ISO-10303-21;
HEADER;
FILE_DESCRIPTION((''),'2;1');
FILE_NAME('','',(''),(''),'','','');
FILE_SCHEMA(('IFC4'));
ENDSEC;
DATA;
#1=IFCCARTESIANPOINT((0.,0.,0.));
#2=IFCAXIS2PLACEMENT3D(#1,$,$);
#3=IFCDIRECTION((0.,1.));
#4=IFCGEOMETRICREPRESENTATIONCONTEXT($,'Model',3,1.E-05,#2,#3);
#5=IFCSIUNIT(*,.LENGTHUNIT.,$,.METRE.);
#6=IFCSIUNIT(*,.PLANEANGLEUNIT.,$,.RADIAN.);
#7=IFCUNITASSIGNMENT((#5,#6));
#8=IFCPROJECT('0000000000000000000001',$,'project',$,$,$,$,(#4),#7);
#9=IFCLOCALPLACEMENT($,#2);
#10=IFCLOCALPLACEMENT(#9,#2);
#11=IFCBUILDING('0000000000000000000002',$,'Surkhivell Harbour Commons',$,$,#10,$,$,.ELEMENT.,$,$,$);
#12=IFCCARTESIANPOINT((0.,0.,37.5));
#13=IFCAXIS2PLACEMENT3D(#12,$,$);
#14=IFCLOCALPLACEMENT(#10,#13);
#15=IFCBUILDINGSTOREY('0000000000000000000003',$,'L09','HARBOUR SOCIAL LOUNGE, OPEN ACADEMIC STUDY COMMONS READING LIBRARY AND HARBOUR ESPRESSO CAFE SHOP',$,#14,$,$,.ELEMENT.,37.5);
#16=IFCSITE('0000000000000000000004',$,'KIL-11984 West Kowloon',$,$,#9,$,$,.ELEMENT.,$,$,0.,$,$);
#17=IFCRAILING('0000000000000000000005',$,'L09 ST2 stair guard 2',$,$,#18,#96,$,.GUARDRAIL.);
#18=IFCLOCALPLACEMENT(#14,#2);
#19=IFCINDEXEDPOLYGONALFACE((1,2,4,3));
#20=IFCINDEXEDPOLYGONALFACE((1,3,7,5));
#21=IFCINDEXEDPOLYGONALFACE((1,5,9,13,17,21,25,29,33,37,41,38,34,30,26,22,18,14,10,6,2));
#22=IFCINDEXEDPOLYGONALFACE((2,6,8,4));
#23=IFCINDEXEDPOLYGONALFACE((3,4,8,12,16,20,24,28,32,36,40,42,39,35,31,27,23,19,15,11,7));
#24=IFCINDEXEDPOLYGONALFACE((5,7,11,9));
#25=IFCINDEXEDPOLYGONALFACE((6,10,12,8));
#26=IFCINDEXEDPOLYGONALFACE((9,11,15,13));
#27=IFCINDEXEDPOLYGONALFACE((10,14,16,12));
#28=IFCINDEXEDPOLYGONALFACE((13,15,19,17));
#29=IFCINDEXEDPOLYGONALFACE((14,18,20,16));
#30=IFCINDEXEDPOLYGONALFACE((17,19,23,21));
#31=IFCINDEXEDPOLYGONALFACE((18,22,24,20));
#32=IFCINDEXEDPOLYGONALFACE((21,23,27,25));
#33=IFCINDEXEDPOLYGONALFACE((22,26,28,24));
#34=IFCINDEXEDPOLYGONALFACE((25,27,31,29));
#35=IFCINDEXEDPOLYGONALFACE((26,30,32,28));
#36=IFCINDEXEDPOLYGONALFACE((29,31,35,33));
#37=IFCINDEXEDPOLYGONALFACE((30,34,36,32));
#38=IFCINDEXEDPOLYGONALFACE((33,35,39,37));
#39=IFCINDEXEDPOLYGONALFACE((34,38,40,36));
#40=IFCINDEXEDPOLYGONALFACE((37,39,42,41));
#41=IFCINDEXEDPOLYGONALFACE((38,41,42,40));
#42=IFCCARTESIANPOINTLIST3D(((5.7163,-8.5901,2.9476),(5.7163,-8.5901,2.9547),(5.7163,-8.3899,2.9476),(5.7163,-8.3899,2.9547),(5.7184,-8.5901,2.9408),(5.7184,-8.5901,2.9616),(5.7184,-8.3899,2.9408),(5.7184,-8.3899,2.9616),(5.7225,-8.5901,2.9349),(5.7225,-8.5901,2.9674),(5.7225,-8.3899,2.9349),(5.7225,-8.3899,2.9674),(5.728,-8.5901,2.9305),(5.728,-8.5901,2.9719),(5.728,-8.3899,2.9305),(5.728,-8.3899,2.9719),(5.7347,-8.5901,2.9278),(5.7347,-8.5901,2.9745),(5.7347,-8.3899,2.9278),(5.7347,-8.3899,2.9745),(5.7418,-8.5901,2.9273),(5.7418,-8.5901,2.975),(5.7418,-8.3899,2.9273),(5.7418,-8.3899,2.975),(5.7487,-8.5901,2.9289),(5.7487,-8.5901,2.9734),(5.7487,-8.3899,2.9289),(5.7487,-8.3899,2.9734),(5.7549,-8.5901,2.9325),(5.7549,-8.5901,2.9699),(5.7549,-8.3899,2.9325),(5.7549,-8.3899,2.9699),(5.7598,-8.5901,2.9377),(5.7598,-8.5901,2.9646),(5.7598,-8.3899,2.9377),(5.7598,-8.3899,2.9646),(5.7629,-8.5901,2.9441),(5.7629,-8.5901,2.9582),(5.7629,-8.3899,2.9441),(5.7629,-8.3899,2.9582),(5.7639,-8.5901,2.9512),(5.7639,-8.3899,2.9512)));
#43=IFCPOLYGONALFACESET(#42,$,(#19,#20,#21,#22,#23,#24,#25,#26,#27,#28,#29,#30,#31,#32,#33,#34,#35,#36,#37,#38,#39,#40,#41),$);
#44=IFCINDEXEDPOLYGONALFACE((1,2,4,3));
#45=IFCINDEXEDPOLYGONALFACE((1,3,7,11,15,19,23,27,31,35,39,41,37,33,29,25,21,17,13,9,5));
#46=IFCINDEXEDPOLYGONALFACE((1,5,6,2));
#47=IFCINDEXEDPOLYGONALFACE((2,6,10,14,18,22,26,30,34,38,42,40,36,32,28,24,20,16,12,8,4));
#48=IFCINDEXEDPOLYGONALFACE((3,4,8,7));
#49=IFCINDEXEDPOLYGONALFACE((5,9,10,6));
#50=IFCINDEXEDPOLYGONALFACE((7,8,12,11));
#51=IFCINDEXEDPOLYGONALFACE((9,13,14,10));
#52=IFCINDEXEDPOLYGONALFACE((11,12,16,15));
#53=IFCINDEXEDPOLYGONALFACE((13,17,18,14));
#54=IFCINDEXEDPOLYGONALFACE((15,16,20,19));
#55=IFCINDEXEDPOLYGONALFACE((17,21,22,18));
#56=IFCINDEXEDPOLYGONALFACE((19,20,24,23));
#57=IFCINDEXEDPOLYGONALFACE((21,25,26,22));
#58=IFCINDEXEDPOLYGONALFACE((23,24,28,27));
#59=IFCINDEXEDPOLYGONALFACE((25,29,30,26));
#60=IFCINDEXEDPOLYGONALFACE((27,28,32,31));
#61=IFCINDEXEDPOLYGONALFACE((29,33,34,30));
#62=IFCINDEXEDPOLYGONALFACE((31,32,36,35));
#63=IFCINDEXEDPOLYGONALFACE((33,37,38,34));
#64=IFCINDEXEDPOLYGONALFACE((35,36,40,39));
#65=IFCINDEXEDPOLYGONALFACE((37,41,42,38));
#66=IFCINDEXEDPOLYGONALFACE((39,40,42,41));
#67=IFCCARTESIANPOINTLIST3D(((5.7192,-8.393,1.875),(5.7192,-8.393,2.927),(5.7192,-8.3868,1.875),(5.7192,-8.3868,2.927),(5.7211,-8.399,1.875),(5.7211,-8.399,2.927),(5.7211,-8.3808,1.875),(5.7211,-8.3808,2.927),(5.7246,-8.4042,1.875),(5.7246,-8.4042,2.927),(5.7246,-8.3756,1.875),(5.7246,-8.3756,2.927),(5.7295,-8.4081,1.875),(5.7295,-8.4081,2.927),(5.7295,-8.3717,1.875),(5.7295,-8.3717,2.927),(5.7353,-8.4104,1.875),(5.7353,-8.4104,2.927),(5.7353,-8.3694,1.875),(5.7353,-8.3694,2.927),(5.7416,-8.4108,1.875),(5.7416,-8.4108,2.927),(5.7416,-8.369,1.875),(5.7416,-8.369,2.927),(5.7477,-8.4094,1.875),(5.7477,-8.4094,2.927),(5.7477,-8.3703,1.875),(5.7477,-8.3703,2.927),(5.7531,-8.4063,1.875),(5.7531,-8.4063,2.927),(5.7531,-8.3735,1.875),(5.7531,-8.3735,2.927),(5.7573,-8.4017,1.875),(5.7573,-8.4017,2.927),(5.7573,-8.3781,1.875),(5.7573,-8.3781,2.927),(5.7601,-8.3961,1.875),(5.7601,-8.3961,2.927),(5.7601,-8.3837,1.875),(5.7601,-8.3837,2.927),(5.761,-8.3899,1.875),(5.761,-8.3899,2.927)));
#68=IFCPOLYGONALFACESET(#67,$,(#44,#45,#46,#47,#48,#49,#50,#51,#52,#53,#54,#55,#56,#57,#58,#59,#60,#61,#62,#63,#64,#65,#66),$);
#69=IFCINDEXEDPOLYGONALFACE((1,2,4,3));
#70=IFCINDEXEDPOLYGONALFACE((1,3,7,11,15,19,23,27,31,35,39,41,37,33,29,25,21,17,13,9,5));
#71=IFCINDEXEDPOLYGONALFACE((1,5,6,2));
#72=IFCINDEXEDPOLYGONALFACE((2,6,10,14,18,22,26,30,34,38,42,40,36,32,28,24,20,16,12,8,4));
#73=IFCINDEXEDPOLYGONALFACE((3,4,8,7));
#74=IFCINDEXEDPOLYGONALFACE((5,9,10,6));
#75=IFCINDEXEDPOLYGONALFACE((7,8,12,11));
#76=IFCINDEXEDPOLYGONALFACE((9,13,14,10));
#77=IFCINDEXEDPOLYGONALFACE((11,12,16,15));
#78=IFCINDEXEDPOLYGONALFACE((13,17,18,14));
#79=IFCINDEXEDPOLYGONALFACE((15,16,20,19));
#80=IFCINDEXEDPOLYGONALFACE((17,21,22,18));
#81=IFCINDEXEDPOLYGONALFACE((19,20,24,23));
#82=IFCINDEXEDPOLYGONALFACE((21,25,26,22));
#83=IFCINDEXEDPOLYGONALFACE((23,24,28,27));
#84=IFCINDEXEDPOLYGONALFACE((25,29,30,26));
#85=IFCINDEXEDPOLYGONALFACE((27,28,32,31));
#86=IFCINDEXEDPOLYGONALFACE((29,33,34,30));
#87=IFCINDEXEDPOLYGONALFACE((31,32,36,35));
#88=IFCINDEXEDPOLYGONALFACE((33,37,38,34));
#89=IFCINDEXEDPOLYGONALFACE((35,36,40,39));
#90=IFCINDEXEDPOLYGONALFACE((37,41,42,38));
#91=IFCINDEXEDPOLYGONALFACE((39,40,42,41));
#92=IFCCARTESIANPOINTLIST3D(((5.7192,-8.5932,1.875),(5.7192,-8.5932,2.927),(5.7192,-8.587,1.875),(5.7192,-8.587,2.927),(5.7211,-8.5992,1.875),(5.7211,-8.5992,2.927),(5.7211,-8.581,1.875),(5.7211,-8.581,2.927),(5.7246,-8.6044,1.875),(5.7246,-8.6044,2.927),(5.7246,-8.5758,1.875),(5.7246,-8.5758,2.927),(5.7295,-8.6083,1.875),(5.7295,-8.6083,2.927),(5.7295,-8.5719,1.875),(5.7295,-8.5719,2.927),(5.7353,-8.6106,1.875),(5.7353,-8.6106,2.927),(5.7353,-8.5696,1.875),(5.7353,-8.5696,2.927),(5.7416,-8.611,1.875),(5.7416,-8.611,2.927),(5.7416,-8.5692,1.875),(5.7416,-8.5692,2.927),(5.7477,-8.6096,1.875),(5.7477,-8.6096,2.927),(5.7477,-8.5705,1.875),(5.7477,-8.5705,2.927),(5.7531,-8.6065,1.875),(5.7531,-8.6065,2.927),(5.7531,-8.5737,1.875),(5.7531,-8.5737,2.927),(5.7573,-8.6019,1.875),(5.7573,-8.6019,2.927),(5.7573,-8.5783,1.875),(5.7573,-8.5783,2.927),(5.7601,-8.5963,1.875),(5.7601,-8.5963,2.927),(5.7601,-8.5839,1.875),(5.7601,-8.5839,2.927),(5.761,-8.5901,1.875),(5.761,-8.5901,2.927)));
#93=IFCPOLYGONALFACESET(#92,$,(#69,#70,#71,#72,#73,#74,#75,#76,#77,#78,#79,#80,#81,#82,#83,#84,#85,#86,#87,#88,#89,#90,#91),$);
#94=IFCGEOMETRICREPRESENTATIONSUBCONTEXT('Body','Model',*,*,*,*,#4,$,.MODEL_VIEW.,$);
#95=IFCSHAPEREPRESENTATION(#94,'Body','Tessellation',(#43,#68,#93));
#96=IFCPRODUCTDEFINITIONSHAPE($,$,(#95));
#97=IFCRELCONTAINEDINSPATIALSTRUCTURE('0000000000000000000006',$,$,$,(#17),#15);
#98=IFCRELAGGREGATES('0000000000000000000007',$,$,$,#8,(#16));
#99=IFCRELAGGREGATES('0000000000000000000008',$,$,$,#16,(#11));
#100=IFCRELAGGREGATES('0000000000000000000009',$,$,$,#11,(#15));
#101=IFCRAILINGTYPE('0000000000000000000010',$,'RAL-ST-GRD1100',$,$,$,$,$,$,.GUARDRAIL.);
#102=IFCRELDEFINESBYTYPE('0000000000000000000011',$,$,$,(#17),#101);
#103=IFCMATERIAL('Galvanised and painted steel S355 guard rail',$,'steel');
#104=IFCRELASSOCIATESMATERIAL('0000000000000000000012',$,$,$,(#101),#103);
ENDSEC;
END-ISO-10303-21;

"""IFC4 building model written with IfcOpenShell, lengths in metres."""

from ifc_helpers import new_model, si_unit, direction, frame, origin, origin_2d, place, context, subcontext, project, spatial, circle, extrude, material, type_object, element, save


model = new_model("IFC4")

# Units and contexts
model_context = context("Model", 3, precision=1e-05, world=origin(), true_north=direction((0.0, 1.0)))
body_context = subcontext(model_context, "Body", "Model", "MODEL_VIEW")
ifc_project = project(units=[si_unit("LENGTHUNIT", "METRE"), si_unit("PLANEANGLEUNIT", "RADIAN")], contexts=[model_context])

# Site, building, storey
site_placement = place(None, origin())
site = spatial("IfcSite", under=ifc_project, at=site_placement, Name="KIL-11984 West Kowloon", CompositionType="ELEMENT", RefElevation=0.0)
building_placement = place(site_placement, origin())
building = spatial("IfcBuilding", under=site, at=building_placement, Name="Surkhivell Harbour Commons", CompositionType="ELEMENT")
storey_placement = place(building_placement, frame((0.0, 0.0, 37.5)))
storey = spatial("IfcBuildingStorey", under=building, at=storey_placement, Name="L09", Description="HARBOUR SOCIAL LOUNGE, OPEN ACADEMIC STUDY COMMONS READING LIBRARY AND HARBOUR ESPRESSO CAFE SHOP", CompositionType="ELEMENT", Elevation=37.5)

# Railing
ifc_material_1 = material(Name="Galvanised and painted steel S355 guard rail", Category="steel")
railing_type_1 = type_object("IfcRailingType", Name="RAL-ST-GRD1100", PredefinedType="GUARDRAIL", material=ifc_material_1)
railing_1_placement = place(storey_placement, frame((5.74, -8.3899, 1.875)))
element("IfcRailing", 1, at=railing_1_placement, inside=storey, type_object=railing_type_1, Name="L09 ST2 stair guard 2", PredefinedType="GUARDRAIL", context=body_context, shape_type="SweptSolid", body=[
    extrude(circle(Radius=0.0239, at=origin_2d()), frame((0.0, 0.0, 1.0762), z_axis=(0.0, -1.0, 0.0), x_axis=(1.0, 0.0, 0.0)), (0.0, 0.0, 1.0), 0.2002),
    extrude(circle(Radius=0.021, at=origin_2d()), origin(), (0.0, 0.0, 1.0), 1.052),
    extrude(circle(Radius=0.021, at=origin_2d()), frame((0.0, -0.2002, 0.0)), (0.0, 0.0, 1.0), 1.052),
])

save(model, "model.ifc")
